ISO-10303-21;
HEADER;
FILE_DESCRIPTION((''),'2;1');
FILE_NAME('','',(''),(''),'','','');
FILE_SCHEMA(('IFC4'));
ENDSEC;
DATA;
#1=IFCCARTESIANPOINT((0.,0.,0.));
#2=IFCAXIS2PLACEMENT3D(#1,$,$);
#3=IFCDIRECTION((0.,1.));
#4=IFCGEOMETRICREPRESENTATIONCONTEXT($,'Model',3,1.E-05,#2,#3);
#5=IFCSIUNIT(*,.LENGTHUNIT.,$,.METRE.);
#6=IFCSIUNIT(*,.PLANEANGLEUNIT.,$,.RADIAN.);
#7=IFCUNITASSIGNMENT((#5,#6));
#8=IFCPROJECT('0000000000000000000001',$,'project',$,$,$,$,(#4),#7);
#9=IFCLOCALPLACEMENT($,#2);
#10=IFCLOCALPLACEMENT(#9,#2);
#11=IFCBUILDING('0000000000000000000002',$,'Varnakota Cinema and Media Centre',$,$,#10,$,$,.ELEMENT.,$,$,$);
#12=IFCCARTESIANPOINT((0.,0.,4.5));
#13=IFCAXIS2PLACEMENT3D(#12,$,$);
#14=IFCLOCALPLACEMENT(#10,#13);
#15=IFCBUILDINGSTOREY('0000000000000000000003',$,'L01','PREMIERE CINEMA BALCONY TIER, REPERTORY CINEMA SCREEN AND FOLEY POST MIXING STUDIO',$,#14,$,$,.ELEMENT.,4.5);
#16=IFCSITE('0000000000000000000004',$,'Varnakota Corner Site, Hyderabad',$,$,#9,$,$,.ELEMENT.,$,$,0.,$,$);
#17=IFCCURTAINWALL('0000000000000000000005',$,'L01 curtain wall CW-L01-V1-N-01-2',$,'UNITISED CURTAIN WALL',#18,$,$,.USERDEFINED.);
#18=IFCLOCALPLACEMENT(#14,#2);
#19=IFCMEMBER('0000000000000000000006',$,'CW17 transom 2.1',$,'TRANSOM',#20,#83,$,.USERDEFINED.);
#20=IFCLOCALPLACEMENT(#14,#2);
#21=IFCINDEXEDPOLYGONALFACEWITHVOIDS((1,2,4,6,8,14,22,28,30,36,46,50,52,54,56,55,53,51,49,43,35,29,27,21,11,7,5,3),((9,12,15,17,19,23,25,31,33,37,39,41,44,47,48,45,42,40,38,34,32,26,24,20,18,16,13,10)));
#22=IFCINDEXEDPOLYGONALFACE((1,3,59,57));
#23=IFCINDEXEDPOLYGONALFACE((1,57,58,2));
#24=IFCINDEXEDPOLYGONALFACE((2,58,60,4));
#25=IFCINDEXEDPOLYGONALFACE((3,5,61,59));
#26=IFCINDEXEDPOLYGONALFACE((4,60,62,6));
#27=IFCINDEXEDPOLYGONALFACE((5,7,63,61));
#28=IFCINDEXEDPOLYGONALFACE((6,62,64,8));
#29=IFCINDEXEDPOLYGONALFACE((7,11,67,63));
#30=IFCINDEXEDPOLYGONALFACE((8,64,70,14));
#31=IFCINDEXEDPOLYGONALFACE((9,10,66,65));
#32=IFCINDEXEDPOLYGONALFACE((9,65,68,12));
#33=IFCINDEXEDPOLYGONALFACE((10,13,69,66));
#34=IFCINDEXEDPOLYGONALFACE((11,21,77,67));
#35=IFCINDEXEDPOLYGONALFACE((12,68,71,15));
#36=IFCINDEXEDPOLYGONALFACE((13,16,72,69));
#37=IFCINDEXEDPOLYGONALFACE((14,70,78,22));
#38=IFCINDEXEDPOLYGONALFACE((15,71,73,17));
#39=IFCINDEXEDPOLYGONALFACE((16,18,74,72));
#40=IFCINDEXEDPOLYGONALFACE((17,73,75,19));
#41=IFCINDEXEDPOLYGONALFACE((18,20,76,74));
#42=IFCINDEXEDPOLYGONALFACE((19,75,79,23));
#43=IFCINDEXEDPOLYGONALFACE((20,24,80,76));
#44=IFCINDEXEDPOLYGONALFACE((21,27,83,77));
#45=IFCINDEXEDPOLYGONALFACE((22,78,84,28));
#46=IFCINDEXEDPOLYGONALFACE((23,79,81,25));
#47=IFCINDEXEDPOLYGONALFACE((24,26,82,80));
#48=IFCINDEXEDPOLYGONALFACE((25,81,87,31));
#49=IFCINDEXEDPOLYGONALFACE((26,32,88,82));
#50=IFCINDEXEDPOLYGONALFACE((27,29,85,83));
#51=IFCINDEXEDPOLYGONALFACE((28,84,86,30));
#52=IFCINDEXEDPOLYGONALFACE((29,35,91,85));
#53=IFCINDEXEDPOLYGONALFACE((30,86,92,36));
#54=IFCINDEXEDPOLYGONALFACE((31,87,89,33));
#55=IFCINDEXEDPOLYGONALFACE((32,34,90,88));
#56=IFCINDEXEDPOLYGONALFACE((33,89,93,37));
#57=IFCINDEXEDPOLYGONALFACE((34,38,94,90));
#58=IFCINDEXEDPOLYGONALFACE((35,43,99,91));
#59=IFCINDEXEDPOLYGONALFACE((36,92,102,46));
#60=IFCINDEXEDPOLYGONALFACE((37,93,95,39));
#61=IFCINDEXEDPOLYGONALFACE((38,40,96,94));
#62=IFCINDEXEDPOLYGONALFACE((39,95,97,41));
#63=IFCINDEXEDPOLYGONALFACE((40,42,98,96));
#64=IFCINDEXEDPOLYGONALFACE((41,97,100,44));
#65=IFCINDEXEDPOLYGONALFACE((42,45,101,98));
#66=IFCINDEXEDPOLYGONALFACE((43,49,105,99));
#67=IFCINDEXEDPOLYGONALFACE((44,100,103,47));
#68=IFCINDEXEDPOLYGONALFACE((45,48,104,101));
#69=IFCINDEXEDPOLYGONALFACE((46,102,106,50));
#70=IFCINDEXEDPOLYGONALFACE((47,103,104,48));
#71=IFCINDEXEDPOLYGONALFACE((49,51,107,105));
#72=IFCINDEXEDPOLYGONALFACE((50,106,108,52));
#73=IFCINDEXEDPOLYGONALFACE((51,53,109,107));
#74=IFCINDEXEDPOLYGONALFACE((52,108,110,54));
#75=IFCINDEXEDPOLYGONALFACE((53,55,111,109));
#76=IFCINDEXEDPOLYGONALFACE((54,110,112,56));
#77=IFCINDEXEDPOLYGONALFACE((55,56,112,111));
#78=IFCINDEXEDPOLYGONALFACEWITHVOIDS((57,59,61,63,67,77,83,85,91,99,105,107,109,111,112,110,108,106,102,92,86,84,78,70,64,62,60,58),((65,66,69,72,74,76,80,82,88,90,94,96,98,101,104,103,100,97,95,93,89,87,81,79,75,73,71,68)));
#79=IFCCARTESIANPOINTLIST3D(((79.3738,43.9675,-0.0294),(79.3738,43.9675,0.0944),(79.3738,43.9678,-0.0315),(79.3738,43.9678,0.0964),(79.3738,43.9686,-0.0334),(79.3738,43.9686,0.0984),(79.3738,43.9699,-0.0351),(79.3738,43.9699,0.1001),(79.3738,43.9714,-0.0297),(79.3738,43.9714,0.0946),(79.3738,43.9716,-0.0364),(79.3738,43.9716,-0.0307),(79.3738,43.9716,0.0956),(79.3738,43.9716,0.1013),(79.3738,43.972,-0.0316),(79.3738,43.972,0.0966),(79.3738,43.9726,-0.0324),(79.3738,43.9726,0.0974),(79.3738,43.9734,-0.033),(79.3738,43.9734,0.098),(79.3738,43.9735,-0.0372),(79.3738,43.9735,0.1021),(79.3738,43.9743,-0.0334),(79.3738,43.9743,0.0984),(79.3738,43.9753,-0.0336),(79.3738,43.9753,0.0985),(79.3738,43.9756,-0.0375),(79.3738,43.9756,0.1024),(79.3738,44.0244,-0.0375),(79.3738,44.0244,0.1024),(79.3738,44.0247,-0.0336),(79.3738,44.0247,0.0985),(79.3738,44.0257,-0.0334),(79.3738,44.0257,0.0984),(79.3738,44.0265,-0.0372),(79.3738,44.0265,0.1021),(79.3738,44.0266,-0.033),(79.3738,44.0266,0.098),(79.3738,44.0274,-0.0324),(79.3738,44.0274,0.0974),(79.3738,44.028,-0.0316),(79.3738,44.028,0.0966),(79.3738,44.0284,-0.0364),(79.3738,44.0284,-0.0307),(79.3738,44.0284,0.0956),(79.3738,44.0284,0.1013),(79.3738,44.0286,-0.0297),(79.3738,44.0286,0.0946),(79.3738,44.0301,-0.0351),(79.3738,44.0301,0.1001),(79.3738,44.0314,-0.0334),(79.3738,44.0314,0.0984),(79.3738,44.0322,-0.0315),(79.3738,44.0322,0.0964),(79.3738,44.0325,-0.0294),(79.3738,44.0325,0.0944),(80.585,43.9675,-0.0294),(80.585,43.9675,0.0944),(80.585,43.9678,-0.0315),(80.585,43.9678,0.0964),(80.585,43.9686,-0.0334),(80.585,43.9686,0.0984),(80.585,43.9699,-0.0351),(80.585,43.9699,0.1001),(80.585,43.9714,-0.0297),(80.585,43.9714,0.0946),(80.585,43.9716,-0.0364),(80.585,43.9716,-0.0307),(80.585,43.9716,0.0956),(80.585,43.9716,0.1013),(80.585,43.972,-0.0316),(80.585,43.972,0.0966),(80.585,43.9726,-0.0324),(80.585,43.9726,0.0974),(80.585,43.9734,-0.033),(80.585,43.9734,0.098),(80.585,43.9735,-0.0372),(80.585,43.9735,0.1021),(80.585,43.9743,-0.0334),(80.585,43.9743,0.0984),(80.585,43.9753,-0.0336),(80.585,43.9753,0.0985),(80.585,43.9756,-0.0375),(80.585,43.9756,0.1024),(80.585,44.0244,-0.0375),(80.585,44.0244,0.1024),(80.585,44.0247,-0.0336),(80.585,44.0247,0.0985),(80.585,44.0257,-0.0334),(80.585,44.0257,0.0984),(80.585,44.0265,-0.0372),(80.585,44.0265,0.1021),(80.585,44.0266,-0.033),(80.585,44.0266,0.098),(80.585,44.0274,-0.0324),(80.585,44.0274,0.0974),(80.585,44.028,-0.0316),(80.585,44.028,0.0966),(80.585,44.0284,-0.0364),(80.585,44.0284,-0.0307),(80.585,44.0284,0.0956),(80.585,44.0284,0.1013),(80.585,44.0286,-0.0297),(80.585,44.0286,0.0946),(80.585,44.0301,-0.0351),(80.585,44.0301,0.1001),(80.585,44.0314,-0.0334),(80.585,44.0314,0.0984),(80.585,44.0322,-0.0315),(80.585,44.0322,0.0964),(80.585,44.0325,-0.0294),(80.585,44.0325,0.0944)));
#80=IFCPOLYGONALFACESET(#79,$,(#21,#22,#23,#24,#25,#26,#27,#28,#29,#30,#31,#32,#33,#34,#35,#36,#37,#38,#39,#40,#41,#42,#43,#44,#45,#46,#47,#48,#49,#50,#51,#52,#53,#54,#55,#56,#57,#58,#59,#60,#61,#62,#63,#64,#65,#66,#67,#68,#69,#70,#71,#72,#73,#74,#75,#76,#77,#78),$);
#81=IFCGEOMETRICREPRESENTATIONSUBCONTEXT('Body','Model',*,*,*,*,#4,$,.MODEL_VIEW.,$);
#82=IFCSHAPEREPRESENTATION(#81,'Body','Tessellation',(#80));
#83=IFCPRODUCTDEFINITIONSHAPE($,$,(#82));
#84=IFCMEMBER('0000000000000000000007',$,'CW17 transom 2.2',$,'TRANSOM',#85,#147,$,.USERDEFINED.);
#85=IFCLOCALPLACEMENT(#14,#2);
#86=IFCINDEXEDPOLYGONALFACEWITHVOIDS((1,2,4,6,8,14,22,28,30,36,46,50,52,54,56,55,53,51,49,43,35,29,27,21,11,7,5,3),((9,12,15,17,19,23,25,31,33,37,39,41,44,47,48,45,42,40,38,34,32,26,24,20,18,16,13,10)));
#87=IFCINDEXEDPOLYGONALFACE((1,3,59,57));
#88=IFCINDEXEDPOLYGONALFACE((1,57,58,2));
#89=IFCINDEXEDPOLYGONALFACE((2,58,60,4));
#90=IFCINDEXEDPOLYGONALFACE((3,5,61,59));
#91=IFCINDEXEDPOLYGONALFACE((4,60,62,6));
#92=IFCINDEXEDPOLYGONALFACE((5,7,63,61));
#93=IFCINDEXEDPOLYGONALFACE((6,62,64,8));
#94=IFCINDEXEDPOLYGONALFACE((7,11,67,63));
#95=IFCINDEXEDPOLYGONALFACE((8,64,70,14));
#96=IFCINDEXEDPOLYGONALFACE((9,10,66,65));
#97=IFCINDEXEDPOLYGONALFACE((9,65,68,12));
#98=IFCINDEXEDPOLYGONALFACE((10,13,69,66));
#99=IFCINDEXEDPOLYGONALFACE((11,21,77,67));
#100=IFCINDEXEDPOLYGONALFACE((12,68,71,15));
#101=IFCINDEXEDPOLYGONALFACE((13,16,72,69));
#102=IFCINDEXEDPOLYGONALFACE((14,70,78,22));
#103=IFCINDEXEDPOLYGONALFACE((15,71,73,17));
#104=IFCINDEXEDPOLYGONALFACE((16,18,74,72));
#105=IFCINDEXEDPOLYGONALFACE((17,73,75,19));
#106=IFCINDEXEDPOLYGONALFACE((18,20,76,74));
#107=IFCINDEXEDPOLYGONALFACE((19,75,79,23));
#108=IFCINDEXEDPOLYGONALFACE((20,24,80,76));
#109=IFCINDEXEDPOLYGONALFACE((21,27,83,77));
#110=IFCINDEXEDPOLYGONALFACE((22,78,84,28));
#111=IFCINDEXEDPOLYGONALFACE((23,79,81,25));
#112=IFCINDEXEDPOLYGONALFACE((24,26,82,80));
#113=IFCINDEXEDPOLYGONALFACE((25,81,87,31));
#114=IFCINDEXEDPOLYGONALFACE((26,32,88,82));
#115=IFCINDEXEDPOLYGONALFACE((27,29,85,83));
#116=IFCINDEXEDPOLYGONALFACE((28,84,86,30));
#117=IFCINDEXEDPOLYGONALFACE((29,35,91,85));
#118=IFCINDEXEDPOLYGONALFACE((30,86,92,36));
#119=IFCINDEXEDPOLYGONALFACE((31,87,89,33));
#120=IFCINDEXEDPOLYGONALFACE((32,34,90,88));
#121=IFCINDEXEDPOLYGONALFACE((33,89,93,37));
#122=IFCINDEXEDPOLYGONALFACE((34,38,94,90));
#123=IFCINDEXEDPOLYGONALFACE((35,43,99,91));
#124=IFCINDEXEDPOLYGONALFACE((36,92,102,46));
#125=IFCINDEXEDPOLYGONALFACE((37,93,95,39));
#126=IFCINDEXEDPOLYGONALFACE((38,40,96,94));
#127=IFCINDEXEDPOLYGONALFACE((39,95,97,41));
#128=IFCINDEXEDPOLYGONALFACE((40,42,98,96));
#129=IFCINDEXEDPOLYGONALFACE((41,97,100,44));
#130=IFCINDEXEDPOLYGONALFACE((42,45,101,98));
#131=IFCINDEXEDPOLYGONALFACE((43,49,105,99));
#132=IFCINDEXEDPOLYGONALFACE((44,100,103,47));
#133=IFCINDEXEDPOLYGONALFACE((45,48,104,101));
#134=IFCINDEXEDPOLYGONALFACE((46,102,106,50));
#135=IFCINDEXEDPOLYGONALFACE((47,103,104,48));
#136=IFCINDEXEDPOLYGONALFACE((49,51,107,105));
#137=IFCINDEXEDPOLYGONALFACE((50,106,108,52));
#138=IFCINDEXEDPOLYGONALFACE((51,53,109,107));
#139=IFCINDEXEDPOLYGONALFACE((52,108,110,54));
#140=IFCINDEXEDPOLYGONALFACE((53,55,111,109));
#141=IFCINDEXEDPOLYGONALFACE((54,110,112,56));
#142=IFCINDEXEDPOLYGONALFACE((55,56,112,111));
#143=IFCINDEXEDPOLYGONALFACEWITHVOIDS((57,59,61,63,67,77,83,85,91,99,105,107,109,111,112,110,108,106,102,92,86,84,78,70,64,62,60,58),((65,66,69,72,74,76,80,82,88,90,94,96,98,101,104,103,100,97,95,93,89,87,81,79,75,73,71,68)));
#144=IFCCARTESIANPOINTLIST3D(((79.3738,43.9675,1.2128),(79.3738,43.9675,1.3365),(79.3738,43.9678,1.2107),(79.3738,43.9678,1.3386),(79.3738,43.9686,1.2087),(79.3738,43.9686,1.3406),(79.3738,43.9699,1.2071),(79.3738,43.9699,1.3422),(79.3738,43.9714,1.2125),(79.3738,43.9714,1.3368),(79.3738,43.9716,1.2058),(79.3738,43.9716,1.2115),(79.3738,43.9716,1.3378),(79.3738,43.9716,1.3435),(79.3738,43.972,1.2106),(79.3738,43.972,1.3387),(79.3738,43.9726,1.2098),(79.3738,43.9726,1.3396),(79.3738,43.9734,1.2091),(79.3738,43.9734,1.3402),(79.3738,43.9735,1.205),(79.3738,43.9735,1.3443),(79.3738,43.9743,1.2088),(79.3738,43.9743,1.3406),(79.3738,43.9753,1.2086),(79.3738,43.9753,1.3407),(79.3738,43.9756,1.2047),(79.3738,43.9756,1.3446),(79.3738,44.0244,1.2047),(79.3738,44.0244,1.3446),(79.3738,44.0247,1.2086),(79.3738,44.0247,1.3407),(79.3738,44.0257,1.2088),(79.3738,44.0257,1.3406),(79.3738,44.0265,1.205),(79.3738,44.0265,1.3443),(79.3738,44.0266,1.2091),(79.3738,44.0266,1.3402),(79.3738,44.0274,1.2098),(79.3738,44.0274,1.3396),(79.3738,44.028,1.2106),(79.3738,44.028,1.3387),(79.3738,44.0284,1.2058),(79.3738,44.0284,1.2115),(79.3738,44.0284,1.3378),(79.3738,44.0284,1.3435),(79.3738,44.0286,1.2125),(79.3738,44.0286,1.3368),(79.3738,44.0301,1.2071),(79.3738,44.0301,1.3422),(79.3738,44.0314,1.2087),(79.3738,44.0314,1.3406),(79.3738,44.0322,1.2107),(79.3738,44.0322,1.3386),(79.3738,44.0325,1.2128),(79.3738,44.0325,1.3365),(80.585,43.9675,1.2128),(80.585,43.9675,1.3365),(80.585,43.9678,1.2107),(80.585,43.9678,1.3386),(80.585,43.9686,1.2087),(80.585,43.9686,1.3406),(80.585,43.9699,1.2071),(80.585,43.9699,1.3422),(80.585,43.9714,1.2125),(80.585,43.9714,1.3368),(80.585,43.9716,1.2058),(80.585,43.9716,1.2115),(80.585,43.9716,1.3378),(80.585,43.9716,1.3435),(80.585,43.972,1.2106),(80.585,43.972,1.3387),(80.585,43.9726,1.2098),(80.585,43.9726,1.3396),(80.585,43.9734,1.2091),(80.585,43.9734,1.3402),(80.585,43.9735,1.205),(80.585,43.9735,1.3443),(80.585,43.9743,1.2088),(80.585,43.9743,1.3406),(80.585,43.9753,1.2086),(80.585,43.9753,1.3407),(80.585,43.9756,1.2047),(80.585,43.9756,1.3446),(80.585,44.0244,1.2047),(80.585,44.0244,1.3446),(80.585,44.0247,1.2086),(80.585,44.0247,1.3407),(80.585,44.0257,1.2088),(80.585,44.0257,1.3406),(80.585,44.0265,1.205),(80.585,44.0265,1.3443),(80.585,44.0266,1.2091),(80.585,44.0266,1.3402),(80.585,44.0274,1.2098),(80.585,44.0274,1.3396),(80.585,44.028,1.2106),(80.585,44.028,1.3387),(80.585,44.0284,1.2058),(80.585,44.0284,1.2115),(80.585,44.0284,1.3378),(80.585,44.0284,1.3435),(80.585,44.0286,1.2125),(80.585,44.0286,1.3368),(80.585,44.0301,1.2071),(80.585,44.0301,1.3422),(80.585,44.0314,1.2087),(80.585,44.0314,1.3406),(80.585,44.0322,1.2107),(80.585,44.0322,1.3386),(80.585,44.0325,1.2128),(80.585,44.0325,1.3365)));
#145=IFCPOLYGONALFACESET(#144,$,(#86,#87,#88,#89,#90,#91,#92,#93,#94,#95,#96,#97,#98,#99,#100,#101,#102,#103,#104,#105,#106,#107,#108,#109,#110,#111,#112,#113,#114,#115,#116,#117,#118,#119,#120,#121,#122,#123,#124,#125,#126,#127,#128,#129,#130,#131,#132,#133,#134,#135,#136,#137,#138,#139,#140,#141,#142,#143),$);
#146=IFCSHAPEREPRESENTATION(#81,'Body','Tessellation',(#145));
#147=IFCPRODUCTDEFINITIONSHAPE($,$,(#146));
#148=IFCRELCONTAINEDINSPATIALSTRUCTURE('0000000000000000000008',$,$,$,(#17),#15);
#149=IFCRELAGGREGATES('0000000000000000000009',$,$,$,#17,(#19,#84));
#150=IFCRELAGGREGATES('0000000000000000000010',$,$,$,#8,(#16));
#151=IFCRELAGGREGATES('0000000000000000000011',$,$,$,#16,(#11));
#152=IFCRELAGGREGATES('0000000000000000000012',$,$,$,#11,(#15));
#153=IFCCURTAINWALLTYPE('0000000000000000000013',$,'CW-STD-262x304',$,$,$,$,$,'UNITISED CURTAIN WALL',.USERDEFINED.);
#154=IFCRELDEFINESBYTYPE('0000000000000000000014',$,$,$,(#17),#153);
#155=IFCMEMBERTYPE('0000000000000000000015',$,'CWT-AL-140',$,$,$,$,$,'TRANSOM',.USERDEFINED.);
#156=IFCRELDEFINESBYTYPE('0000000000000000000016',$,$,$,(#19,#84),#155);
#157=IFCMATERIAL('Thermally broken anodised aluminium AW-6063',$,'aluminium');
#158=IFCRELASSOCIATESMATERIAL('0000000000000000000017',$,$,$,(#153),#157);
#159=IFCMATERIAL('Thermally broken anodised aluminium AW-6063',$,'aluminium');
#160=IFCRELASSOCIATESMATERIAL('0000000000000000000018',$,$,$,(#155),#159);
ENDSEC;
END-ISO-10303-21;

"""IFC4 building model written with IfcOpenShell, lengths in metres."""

from ifc_helpers import new_model, si_unit, direction, frame, origin, origin_2d, place, context, subcontext, project, spatial, hollow_rectangle, extrude, material, material_profile, profile_set, type_object, element, aggregate, save


model = new_model("IFC4")

# Units and contexts
model_context = context("Model", 3, precision=1e-05, world=origin(), true_north=direction((0.0, 1.0)))
body_context = subcontext(model_context, "Body", "Model", "MODEL_VIEW")
ifc_project = project(units=[si_unit("LENGTHUNIT", "METRE"), si_unit("PLANEANGLEUNIT", "RADIAN")], contexts=[model_context])

# Site, building, storey
site_placement = place(None, origin())
site = spatial("IfcSite", under=ifc_project, at=site_placement, Name="Varnakota Corner Site, Hyderabad", CompositionType="ELEMENT", RefElevation=0.0)
building_placement = place(site_placement, origin())
building = spatial("IfcBuilding", under=site, at=building_placement, Name="Varnakota Cinema and Media Centre", CompositionType="ELEMENT")
storey_placement = place(building_placement, frame((0.0, 0.0, 4.5)))
storey = spatial("IfcBuildingStorey", under=building, at=storey_placement, Name="L01", Description="PREMIERE CINEMA BALCONY TIER, REPERTORY CINEMA SCREEN AND FOLEY POST MIXING STUDIO", CompositionType="ELEMENT", Elevation=4.5)

# Curtain wall
ifc_material_1 = material(Name="Thermally broken anodised aluminium AW-6063", Category="aluminium")
curtain_wall_type = type_object("IfcCurtainWallType", Name="CW-STD-262x304", ElementType="UNITISED CURTAIN WALL", PredefinedType="USERDEFINED", material=ifc_material_1)
curtain_wall_1_placement = place(storey_placement, origin())
curtain_wall_1 = element("IfcCurtainWall", 1, at=curtain_wall_1_placement, inside=storey, type_object=curtain_wall_type, Name="L01 curtain wall CW-L01-V1-N-01-2", ObjectType="UNITISED CURTAIN WALL", PredefinedType="USERDEFINED")

# Members
ifc_material_2 = material(Name="Thermally broken anodised aluminium AW-6063", Category="aluminium")
ifc_material_profile_1 = material_profile(ifc_material_2, hollow_rectangle(XDim=0.0649, YDim=0.1399, WallThickness=0.0039, InnerFilletRadius=0.0039, OuterFilletRadius=0.0081, at=origin_2d()), Name="AL-TRANSOM 140x65x4")
ifc_profile_set_1 = profile_set([ifc_material_profile_1], Name="Thermally broken anodised aluminium AW-6063")
member_type_1 = type_object("IfcMemberType", Name="CWT-AL-140", ElementType="TRANSOM", PredefinedType="USERDEFINED", material=ifc_profile_set_1)
member_1_placement = place(storey_placement, frame((79.3738, 44.0, 0.0325), z_axis=(1.0, 0.0, 0.0), x_axis=(0.0, 1.0, 0.0)))
member_1 = element("IfcMember", 2, at=member_1_placement, type_object=member_type_1, Name="CW17 transom 2.1", ObjectType="TRANSOM", PredefinedType="USERDEFINED", context=body_context, shape_type="SweptSolid", body=[
    extrude(hollow_rectangle(XDim=0.0649, YDim=0.1399, WallThickness=0.0039, InnerFilletRadius=0.0039, OuterFilletRadius=0.0081, at=origin_2d()), origin(), (0.0, 0.0, 1.0), 1.2112),
])
member_2_placement = place(storey_placement, frame((79.3738, 44.0, 1.2747), z_axis=(1.0, 0.0, 0.0), x_axis=(0.0, 1.0, 0.0)))
member_2 = element("IfcMember", 3, at=member_2_placement, type_object=member_type_1, Name="CW17 transom 2.2", ObjectType="TRANSOM", PredefinedType="USERDEFINED", context=body_context, shape_type="SweptSolid", body=[
    extrude(hollow_rectangle(XDim=0.0649, YDim=0.1399, WallThickness=0.0039, InnerFilletRadius=0.0039, OuterFilletRadius=0.0081, at=origin_2d()), origin(), (0.0, 0.0, 1.0), 1.2112),
])

aggregate(curtain_wall_1, [member_1, member_2])

save(model, "model.ifc")
